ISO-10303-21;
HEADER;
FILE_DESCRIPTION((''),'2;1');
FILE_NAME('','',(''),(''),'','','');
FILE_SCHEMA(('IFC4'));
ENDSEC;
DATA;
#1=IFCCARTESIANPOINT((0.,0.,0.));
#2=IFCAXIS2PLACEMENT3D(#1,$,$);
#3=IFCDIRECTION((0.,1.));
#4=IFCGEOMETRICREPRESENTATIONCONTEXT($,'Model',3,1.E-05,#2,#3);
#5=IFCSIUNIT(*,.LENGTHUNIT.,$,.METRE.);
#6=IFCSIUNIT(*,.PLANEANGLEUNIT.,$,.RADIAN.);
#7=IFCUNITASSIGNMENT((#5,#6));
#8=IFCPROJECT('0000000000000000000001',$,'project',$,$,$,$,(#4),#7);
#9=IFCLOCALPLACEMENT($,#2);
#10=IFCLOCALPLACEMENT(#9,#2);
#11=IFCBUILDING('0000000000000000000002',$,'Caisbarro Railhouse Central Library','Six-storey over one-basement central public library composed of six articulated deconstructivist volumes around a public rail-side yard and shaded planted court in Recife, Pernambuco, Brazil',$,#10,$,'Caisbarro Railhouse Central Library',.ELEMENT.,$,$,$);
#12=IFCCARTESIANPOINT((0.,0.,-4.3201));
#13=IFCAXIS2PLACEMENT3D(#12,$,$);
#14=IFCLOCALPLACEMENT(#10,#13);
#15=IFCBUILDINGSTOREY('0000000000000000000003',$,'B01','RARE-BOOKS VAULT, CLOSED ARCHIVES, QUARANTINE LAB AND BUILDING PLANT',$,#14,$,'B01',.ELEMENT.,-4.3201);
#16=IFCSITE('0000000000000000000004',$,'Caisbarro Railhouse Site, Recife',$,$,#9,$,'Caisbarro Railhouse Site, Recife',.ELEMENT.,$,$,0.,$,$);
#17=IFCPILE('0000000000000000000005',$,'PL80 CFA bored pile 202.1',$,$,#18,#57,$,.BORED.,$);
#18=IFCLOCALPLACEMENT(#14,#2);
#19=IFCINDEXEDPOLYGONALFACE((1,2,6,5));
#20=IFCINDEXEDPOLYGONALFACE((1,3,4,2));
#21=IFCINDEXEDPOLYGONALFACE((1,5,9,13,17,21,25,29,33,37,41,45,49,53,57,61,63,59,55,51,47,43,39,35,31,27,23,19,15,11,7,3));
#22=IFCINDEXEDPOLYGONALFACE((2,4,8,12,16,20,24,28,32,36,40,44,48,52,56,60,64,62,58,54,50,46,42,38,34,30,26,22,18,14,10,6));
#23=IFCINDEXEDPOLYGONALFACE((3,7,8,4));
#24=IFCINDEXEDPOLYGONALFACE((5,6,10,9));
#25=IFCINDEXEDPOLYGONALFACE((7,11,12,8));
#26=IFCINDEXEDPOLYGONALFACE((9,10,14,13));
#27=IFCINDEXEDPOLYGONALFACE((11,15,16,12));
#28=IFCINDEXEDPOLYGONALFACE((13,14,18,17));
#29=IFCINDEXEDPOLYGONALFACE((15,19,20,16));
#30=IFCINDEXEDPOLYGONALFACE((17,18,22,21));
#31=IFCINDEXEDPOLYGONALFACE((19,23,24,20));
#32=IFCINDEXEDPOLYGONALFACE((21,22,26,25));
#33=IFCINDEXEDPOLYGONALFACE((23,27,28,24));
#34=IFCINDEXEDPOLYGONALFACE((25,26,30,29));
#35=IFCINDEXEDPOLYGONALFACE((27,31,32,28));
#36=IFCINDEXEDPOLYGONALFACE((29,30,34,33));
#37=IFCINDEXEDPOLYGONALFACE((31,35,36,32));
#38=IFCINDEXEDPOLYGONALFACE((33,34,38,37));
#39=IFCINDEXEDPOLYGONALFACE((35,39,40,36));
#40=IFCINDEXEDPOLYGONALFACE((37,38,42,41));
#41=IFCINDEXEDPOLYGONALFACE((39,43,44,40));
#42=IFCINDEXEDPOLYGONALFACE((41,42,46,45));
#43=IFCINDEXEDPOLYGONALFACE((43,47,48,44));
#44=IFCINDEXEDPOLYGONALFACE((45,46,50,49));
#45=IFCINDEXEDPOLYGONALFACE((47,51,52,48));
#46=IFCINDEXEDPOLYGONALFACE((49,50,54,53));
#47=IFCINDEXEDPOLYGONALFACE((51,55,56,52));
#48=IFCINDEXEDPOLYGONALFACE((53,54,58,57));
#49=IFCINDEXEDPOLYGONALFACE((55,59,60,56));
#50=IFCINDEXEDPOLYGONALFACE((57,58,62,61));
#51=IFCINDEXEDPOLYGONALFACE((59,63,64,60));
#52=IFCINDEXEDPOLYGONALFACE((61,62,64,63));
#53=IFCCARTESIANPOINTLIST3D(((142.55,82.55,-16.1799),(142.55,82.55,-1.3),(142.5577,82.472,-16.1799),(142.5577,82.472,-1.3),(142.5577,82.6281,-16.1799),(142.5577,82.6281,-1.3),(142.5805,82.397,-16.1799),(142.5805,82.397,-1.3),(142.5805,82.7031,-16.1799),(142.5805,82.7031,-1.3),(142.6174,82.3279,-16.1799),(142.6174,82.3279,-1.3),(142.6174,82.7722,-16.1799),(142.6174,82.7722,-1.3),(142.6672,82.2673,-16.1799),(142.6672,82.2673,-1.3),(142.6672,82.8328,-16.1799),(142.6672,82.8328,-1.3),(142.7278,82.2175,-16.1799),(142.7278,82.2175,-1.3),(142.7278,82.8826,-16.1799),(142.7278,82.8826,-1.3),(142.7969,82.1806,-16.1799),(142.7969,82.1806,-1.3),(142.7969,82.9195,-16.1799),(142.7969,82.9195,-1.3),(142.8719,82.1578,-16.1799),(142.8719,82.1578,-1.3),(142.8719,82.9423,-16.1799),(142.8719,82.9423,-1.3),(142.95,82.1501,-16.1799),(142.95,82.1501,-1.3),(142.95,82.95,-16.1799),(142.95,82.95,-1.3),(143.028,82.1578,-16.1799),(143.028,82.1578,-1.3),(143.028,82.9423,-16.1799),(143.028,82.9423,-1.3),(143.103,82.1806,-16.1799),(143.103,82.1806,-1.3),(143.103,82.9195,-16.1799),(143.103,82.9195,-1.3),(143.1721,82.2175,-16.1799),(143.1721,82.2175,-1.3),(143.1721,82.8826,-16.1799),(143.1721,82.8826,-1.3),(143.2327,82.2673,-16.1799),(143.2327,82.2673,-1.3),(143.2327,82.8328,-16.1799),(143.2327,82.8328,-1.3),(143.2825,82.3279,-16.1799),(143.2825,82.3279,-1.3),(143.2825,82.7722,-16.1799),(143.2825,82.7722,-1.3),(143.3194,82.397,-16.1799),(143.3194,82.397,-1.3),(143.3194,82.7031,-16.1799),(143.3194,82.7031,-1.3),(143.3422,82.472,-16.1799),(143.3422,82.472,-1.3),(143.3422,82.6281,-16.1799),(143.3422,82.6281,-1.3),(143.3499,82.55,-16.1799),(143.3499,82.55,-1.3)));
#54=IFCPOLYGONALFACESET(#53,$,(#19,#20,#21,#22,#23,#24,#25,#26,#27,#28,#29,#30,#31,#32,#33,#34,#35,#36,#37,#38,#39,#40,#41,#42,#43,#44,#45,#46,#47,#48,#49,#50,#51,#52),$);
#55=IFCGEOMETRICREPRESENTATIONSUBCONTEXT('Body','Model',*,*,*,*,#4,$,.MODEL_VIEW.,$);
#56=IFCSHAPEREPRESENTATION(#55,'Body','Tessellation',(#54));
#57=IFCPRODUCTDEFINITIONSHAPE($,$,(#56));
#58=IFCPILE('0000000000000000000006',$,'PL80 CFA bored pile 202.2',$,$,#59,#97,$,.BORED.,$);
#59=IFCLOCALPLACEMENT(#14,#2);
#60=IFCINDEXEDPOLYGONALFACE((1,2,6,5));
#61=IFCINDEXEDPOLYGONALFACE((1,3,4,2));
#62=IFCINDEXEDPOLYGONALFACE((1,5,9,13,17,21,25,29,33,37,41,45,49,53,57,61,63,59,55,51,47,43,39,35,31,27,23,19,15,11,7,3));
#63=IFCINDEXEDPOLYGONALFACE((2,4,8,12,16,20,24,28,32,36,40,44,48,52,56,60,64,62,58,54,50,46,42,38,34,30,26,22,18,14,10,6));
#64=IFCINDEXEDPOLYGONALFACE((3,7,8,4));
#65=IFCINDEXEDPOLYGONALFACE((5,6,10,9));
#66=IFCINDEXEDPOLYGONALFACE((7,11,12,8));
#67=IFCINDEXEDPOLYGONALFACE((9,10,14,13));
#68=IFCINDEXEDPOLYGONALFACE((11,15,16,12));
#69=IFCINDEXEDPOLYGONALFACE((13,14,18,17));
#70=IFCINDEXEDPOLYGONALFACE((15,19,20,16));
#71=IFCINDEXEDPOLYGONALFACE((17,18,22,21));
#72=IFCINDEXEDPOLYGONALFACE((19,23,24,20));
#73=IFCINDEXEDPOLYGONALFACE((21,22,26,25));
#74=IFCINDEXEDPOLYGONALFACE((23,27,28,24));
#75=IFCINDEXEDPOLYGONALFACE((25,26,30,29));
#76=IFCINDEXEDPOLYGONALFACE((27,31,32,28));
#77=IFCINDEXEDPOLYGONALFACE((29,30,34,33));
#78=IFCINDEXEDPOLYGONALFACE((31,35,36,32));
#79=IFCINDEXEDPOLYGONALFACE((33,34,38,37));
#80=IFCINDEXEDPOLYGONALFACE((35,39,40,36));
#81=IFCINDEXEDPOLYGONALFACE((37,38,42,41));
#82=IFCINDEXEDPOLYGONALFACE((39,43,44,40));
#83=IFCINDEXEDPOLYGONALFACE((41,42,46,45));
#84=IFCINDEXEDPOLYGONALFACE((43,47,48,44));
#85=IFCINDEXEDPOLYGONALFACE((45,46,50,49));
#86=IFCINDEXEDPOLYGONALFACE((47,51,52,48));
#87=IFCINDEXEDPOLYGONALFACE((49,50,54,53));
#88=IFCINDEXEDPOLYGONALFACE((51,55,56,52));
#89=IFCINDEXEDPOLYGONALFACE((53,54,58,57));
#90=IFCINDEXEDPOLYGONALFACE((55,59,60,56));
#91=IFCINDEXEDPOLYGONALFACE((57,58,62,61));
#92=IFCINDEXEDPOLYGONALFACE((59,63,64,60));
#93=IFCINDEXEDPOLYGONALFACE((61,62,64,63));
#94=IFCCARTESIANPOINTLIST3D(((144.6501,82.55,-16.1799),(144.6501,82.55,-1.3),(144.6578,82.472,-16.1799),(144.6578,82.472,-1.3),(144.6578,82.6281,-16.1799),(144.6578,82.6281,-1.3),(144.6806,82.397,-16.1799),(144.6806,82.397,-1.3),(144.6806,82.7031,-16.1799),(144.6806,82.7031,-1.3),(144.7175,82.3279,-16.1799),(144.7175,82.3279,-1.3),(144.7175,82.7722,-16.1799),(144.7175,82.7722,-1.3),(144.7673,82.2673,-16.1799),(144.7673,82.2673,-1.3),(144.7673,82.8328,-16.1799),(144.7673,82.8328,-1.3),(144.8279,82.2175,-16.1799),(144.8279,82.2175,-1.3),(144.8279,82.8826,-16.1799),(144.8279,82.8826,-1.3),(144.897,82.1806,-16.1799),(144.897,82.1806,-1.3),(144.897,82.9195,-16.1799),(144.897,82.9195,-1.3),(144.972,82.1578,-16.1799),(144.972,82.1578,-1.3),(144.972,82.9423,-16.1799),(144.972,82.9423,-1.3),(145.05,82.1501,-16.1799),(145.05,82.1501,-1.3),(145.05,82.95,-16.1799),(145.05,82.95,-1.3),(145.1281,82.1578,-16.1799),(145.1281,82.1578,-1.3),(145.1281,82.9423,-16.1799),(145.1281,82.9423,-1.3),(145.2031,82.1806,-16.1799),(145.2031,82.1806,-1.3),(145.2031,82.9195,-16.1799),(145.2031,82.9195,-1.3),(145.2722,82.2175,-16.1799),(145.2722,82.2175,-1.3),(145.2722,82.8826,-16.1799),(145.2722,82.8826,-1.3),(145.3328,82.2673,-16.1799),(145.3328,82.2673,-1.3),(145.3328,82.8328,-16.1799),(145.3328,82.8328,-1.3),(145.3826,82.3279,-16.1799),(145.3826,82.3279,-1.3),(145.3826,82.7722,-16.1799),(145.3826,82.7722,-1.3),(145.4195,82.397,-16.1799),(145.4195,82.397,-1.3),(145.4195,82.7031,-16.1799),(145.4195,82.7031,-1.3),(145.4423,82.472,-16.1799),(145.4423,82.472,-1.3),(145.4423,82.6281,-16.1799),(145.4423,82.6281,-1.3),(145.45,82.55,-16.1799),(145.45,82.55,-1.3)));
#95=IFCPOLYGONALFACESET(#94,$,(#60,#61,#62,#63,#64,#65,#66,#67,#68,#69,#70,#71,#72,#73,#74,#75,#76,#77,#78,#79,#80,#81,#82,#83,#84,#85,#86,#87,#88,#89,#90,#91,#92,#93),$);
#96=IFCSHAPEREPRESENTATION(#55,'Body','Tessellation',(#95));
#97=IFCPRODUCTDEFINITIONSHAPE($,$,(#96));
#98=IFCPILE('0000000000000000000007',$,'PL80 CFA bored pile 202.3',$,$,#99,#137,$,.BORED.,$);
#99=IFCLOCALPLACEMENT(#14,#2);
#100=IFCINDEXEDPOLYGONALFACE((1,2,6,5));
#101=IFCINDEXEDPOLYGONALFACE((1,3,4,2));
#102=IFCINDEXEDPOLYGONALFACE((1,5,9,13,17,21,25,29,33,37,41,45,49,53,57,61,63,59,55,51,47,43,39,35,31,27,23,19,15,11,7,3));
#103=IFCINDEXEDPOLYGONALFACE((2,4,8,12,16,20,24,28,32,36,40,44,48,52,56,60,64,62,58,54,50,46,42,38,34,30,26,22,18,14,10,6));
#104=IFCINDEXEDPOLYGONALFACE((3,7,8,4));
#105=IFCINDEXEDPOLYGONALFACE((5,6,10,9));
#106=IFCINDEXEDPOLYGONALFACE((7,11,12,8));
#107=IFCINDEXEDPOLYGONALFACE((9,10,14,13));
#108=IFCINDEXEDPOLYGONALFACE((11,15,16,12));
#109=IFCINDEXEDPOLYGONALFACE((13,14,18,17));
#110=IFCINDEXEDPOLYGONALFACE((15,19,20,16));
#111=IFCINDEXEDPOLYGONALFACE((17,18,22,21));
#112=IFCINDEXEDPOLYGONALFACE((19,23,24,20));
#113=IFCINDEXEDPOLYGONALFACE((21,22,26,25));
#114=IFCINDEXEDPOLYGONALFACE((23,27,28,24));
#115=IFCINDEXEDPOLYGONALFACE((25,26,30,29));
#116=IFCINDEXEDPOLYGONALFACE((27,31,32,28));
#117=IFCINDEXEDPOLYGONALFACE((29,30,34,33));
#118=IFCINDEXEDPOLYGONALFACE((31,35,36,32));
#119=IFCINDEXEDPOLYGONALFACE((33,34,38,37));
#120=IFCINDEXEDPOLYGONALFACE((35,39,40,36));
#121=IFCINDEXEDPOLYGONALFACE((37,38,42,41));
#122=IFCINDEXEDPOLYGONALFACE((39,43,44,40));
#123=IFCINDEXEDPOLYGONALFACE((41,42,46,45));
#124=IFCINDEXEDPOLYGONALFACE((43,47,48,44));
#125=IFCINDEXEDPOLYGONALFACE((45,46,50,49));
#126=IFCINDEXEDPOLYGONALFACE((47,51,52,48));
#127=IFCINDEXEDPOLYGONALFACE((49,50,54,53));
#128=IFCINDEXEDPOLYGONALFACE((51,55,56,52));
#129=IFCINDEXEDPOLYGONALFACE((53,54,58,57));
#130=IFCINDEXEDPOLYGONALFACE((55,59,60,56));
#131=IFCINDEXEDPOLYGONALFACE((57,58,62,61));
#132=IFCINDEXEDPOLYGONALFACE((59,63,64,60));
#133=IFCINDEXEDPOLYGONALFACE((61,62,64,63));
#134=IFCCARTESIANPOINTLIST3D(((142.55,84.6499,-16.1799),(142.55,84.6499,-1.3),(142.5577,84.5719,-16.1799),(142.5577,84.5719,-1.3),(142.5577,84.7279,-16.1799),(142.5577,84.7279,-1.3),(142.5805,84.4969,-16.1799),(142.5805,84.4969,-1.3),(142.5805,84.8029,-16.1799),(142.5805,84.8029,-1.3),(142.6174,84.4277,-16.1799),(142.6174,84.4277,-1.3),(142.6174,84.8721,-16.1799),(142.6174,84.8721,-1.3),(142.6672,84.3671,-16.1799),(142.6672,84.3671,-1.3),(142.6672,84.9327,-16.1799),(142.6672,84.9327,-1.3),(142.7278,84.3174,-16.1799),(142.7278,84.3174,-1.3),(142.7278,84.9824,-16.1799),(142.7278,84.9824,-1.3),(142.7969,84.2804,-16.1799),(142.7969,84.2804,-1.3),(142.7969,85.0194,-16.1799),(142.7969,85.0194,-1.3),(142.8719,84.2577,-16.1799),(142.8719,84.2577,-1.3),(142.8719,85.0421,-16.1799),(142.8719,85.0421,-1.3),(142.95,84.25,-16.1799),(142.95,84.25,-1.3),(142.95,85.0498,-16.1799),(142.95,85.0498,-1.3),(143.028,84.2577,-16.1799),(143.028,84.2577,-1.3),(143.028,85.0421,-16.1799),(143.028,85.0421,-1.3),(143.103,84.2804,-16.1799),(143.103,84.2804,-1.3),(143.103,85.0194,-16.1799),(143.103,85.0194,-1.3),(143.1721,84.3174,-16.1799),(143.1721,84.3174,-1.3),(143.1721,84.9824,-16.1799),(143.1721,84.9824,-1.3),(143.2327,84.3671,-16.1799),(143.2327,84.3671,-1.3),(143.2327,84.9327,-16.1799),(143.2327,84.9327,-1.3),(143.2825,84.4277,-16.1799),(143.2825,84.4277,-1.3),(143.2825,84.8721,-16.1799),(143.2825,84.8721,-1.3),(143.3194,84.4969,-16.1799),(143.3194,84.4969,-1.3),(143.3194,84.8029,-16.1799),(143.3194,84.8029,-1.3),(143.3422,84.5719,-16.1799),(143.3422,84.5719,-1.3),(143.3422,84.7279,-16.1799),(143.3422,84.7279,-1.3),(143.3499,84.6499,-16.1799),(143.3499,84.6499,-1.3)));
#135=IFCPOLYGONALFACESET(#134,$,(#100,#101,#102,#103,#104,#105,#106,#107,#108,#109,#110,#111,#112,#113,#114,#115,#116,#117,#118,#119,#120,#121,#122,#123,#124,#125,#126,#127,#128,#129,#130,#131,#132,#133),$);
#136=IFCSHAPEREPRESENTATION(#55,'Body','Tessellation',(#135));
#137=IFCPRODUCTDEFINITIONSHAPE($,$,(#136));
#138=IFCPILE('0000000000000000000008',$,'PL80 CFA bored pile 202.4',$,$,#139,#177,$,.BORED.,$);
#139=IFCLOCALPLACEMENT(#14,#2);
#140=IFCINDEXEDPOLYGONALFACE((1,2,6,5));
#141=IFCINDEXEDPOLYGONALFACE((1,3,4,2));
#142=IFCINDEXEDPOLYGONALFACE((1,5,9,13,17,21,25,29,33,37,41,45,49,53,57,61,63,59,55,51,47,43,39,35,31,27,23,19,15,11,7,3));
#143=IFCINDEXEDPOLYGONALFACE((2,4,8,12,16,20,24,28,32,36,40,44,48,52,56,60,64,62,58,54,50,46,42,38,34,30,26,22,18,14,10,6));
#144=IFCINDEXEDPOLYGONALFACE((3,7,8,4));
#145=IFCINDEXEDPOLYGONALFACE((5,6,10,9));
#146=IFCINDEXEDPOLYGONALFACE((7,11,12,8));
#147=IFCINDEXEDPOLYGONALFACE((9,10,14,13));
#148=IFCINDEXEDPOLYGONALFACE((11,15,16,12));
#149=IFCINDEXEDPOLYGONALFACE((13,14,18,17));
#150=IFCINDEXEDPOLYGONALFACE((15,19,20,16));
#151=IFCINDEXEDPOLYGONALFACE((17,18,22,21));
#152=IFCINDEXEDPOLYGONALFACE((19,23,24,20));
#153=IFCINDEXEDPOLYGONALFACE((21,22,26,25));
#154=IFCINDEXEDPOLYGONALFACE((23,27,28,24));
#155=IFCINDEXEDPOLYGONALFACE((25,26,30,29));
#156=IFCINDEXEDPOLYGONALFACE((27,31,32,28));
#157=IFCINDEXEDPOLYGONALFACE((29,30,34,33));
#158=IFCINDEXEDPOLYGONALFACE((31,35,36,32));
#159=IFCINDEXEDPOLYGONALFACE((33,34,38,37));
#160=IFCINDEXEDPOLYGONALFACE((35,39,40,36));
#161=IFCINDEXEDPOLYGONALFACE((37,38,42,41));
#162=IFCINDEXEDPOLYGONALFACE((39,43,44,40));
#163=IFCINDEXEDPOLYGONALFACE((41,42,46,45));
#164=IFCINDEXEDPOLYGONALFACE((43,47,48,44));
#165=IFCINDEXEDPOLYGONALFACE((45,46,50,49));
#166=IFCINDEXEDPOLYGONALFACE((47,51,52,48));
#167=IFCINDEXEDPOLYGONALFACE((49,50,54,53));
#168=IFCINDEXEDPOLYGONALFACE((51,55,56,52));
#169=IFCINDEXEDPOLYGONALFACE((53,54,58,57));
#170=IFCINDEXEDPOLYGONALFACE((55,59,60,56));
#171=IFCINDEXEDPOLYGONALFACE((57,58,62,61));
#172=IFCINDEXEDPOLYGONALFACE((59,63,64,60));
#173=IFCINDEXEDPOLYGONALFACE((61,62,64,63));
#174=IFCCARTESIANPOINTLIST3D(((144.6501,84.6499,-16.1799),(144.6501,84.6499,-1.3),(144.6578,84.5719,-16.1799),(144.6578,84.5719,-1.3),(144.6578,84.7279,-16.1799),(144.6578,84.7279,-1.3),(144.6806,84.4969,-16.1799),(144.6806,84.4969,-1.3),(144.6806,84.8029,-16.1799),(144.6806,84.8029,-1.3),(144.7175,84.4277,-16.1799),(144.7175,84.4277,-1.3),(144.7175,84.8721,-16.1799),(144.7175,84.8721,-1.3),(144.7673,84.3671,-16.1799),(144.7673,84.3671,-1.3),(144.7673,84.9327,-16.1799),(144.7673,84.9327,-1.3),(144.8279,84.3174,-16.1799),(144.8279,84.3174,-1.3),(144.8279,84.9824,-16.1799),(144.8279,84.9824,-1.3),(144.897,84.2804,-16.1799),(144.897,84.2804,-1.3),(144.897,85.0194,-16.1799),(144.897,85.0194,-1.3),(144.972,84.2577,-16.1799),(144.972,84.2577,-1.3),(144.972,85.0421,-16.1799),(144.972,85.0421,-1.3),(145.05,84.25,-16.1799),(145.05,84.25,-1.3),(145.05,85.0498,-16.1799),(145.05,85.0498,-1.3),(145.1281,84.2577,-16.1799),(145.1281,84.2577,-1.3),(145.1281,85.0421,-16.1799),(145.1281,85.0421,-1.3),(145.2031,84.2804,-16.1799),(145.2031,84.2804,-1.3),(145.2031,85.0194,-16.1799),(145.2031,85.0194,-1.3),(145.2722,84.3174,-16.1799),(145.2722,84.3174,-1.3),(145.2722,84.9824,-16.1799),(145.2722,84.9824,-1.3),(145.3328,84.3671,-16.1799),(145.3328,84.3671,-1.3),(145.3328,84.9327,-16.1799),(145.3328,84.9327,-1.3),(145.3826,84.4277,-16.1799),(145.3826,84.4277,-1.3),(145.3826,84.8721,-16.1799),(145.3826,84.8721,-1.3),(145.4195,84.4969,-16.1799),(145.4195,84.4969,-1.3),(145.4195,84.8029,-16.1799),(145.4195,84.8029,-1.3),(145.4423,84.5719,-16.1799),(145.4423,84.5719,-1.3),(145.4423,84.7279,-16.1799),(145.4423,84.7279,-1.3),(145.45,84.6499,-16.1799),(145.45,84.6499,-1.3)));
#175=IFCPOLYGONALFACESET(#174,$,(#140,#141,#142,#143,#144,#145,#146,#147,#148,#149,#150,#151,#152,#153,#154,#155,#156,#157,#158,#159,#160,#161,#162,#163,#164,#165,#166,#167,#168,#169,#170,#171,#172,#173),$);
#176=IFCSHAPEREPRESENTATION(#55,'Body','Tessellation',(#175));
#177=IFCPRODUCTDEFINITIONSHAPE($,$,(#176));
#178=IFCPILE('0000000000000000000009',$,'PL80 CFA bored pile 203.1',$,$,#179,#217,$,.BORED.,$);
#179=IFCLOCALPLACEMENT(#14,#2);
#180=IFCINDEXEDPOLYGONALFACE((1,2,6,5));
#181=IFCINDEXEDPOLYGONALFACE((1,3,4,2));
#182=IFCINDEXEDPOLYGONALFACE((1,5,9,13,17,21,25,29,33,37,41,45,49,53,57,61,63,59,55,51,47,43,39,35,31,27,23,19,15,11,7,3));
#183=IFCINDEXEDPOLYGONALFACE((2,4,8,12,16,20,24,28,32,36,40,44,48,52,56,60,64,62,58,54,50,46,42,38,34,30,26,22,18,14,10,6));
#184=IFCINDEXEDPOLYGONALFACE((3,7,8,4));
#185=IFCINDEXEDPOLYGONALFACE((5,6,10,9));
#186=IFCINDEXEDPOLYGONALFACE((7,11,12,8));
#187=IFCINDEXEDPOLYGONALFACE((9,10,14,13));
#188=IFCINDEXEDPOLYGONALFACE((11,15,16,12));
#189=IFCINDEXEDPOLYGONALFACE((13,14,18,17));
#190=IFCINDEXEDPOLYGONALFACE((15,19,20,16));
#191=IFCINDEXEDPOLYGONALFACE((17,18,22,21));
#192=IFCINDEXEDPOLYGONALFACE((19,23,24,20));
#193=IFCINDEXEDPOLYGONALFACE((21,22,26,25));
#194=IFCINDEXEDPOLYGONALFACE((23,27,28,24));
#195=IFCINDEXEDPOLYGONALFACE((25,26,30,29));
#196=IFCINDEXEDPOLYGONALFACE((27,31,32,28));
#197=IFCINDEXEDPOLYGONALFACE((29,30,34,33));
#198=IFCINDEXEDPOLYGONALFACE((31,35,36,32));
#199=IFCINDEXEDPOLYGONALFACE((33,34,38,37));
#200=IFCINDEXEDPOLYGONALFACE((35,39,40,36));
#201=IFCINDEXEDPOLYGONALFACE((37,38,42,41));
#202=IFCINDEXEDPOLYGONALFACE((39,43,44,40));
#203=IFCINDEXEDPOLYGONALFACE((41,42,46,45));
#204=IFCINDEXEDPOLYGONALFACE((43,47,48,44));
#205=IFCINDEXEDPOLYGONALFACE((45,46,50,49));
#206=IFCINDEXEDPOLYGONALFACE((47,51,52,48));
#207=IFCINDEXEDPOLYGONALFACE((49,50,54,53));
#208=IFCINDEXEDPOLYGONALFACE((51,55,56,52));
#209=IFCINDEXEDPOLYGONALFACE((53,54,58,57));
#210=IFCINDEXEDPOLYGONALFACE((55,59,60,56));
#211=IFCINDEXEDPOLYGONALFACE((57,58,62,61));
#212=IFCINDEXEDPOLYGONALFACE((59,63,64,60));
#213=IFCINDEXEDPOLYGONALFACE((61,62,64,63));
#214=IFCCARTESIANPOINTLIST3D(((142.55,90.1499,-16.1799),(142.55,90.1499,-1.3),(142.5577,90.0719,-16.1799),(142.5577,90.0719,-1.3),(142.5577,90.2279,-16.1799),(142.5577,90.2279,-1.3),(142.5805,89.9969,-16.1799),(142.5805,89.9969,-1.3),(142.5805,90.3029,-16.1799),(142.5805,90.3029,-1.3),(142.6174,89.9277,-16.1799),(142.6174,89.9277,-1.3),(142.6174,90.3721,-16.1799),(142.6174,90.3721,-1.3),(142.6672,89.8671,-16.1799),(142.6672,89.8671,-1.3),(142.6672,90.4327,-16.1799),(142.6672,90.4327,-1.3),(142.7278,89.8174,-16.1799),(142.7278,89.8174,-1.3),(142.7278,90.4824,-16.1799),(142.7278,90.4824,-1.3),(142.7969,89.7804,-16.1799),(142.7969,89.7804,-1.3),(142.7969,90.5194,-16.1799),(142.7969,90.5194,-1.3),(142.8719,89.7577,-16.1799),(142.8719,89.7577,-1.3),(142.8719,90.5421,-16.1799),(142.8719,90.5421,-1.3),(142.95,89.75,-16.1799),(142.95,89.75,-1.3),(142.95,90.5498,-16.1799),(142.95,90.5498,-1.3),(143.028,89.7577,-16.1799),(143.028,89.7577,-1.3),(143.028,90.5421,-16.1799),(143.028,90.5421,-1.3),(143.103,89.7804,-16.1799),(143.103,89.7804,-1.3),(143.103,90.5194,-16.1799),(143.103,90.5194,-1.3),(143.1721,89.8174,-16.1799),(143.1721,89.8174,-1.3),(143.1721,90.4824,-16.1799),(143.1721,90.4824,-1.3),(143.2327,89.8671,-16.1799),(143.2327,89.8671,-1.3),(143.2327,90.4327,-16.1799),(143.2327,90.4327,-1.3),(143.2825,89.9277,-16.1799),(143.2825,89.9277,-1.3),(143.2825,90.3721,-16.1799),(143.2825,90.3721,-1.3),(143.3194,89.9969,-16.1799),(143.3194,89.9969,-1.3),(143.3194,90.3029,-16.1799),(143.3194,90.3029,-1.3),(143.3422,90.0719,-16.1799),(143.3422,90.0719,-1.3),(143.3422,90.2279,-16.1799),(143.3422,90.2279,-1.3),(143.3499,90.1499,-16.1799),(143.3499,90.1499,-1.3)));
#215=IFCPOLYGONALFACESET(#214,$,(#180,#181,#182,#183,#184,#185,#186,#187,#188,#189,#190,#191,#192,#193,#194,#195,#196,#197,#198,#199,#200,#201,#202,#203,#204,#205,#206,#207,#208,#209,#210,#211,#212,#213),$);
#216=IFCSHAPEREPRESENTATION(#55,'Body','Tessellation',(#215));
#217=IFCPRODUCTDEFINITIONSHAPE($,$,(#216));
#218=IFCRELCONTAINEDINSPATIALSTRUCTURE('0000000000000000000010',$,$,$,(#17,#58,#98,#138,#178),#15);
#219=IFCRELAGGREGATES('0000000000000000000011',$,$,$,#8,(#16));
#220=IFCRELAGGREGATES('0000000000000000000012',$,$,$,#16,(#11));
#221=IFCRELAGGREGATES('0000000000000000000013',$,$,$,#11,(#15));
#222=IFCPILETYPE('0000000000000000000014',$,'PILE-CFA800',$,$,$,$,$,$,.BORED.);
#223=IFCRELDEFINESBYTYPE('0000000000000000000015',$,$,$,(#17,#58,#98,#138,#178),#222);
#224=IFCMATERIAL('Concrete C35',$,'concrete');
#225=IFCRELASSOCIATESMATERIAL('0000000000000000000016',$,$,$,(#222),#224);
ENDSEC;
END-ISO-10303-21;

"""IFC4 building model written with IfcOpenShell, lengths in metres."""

from ifc_helpers import new_model, si_unit, direction, frame, origin, origin_2d, place, context, subcontext, project, spatial, circle, extrude, material, material_profile, profile_set, type_object, element, save


model = new_model("IFC4")

# Units and contexts
model_context = context("Model", 3, precision=1e-05, world=origin(), true_north=direction((0.0, 1.0)))
body_context = subcontext(model_context, "Body", "Model", "MODEL_VIEW")
ifc_project = project(units=[si_unit("LENGTHUNIT", "METRE"), si_unit("PLANEANGLEUNIT", "RADIAN")], contexts=[model_context])

# Site, building, storey
site_placement = place(None, origin())
site = spatial("IfcSite", under=ifc_project, at=site_placement, Name="Caisbarro Railhouse Site, Recife", LongName="Caisbarro Railhouse Site, Recife", CompositionType="ELEMENT", RefElevation=0.0)
building_placement = place(site_placement, origin())
building = spatial("IfcBuilding", under=site, at=building_placement, Name="Caisbarro Railhouse Central Library", Description="Six-storey over one-basement central public library composed of six articulated deconstructivist volumes around a public rail-side yard and shaded planted court in Recife, Pernambuco, Brazil", LongName="Caisbarro Railhouse Central Library", CompositionType="ELEMENT")
storey_placement = place(building_placement, frame((0.0, 0.0, -4.3201)))
storey = spatial("IfcBuildingStorey", under=building, at=storey_placement, Name="B01", Description="RARE-BOOKS VAULT, CLOSED ARCHIVES, QUARANTINE LAB AND BUILDING PLANT", LongName="B01", CompositionType="ELEMENT", Elevation=-4.3201)

# Shared definitions
ifc_material_1 = material(Name="Concrete C35", Category="concrete")

# Piles
ifc_material_profile_1 = material_profile(ifc_material_1, circle(Radius=0.3999, at=origin_2d()), Name="PILE-CFA-800")
ifc_profile_set_1 = profile_set([ifc_material_profile_1], Name="Concrete C35")
pile_type_1 = type_object("IfcPileType", Name="PILE-CFA800", PredefinedType="BORED", material=ifc_profile_set_1)
for number, where, z_axis, x_axis, name in (
    (1, (142.95, 82.55, -1.3), (0.0, 0.0, -1.0), (1.0, 0.0, 0.0), "PL80 CFA bored pile 202.1"),
    (2, (145.05, 82.55, -1.3), (0.0, 0.0, -1.0), (1.0, 0.0, 0.0), "PL80 CFA bored pile 202.2"),
    (3, (142.95, 84.6499, -1.3), (0.0, 0.0, -1.0), (1.0, 0.0, 0.0), "PL80 CFA bored pile 202.3"),
    (4, (145.05, 84.6499, -1.3), (0.0, 0.0, -1.0), (1.0, 0.0, 0.0), "PL80 CFA bored pile 202.4"),
    (5, (142.95, 90.1499, -1.3), (0.0, 0.0, -1.0), (1.0, 0.0, 0.0), "PL80 CFA bored pile 203.1"),
):
    element("IfcPile", number, at=place(storey_placement, frame(where, z_axis=z_axis, x_axis=x_axis)), inside=storey, type_object=pile_type_1, Name=name, PredefinedType="BORED", context=body_context, shape_type="SweptSolid", body=[
        extrude(circle(Radius=0.3999, at=origin_2d()), origin(), (0.0, 0.0, 1.0), 14.8799),
    ])

save(model, "model.ifc")
